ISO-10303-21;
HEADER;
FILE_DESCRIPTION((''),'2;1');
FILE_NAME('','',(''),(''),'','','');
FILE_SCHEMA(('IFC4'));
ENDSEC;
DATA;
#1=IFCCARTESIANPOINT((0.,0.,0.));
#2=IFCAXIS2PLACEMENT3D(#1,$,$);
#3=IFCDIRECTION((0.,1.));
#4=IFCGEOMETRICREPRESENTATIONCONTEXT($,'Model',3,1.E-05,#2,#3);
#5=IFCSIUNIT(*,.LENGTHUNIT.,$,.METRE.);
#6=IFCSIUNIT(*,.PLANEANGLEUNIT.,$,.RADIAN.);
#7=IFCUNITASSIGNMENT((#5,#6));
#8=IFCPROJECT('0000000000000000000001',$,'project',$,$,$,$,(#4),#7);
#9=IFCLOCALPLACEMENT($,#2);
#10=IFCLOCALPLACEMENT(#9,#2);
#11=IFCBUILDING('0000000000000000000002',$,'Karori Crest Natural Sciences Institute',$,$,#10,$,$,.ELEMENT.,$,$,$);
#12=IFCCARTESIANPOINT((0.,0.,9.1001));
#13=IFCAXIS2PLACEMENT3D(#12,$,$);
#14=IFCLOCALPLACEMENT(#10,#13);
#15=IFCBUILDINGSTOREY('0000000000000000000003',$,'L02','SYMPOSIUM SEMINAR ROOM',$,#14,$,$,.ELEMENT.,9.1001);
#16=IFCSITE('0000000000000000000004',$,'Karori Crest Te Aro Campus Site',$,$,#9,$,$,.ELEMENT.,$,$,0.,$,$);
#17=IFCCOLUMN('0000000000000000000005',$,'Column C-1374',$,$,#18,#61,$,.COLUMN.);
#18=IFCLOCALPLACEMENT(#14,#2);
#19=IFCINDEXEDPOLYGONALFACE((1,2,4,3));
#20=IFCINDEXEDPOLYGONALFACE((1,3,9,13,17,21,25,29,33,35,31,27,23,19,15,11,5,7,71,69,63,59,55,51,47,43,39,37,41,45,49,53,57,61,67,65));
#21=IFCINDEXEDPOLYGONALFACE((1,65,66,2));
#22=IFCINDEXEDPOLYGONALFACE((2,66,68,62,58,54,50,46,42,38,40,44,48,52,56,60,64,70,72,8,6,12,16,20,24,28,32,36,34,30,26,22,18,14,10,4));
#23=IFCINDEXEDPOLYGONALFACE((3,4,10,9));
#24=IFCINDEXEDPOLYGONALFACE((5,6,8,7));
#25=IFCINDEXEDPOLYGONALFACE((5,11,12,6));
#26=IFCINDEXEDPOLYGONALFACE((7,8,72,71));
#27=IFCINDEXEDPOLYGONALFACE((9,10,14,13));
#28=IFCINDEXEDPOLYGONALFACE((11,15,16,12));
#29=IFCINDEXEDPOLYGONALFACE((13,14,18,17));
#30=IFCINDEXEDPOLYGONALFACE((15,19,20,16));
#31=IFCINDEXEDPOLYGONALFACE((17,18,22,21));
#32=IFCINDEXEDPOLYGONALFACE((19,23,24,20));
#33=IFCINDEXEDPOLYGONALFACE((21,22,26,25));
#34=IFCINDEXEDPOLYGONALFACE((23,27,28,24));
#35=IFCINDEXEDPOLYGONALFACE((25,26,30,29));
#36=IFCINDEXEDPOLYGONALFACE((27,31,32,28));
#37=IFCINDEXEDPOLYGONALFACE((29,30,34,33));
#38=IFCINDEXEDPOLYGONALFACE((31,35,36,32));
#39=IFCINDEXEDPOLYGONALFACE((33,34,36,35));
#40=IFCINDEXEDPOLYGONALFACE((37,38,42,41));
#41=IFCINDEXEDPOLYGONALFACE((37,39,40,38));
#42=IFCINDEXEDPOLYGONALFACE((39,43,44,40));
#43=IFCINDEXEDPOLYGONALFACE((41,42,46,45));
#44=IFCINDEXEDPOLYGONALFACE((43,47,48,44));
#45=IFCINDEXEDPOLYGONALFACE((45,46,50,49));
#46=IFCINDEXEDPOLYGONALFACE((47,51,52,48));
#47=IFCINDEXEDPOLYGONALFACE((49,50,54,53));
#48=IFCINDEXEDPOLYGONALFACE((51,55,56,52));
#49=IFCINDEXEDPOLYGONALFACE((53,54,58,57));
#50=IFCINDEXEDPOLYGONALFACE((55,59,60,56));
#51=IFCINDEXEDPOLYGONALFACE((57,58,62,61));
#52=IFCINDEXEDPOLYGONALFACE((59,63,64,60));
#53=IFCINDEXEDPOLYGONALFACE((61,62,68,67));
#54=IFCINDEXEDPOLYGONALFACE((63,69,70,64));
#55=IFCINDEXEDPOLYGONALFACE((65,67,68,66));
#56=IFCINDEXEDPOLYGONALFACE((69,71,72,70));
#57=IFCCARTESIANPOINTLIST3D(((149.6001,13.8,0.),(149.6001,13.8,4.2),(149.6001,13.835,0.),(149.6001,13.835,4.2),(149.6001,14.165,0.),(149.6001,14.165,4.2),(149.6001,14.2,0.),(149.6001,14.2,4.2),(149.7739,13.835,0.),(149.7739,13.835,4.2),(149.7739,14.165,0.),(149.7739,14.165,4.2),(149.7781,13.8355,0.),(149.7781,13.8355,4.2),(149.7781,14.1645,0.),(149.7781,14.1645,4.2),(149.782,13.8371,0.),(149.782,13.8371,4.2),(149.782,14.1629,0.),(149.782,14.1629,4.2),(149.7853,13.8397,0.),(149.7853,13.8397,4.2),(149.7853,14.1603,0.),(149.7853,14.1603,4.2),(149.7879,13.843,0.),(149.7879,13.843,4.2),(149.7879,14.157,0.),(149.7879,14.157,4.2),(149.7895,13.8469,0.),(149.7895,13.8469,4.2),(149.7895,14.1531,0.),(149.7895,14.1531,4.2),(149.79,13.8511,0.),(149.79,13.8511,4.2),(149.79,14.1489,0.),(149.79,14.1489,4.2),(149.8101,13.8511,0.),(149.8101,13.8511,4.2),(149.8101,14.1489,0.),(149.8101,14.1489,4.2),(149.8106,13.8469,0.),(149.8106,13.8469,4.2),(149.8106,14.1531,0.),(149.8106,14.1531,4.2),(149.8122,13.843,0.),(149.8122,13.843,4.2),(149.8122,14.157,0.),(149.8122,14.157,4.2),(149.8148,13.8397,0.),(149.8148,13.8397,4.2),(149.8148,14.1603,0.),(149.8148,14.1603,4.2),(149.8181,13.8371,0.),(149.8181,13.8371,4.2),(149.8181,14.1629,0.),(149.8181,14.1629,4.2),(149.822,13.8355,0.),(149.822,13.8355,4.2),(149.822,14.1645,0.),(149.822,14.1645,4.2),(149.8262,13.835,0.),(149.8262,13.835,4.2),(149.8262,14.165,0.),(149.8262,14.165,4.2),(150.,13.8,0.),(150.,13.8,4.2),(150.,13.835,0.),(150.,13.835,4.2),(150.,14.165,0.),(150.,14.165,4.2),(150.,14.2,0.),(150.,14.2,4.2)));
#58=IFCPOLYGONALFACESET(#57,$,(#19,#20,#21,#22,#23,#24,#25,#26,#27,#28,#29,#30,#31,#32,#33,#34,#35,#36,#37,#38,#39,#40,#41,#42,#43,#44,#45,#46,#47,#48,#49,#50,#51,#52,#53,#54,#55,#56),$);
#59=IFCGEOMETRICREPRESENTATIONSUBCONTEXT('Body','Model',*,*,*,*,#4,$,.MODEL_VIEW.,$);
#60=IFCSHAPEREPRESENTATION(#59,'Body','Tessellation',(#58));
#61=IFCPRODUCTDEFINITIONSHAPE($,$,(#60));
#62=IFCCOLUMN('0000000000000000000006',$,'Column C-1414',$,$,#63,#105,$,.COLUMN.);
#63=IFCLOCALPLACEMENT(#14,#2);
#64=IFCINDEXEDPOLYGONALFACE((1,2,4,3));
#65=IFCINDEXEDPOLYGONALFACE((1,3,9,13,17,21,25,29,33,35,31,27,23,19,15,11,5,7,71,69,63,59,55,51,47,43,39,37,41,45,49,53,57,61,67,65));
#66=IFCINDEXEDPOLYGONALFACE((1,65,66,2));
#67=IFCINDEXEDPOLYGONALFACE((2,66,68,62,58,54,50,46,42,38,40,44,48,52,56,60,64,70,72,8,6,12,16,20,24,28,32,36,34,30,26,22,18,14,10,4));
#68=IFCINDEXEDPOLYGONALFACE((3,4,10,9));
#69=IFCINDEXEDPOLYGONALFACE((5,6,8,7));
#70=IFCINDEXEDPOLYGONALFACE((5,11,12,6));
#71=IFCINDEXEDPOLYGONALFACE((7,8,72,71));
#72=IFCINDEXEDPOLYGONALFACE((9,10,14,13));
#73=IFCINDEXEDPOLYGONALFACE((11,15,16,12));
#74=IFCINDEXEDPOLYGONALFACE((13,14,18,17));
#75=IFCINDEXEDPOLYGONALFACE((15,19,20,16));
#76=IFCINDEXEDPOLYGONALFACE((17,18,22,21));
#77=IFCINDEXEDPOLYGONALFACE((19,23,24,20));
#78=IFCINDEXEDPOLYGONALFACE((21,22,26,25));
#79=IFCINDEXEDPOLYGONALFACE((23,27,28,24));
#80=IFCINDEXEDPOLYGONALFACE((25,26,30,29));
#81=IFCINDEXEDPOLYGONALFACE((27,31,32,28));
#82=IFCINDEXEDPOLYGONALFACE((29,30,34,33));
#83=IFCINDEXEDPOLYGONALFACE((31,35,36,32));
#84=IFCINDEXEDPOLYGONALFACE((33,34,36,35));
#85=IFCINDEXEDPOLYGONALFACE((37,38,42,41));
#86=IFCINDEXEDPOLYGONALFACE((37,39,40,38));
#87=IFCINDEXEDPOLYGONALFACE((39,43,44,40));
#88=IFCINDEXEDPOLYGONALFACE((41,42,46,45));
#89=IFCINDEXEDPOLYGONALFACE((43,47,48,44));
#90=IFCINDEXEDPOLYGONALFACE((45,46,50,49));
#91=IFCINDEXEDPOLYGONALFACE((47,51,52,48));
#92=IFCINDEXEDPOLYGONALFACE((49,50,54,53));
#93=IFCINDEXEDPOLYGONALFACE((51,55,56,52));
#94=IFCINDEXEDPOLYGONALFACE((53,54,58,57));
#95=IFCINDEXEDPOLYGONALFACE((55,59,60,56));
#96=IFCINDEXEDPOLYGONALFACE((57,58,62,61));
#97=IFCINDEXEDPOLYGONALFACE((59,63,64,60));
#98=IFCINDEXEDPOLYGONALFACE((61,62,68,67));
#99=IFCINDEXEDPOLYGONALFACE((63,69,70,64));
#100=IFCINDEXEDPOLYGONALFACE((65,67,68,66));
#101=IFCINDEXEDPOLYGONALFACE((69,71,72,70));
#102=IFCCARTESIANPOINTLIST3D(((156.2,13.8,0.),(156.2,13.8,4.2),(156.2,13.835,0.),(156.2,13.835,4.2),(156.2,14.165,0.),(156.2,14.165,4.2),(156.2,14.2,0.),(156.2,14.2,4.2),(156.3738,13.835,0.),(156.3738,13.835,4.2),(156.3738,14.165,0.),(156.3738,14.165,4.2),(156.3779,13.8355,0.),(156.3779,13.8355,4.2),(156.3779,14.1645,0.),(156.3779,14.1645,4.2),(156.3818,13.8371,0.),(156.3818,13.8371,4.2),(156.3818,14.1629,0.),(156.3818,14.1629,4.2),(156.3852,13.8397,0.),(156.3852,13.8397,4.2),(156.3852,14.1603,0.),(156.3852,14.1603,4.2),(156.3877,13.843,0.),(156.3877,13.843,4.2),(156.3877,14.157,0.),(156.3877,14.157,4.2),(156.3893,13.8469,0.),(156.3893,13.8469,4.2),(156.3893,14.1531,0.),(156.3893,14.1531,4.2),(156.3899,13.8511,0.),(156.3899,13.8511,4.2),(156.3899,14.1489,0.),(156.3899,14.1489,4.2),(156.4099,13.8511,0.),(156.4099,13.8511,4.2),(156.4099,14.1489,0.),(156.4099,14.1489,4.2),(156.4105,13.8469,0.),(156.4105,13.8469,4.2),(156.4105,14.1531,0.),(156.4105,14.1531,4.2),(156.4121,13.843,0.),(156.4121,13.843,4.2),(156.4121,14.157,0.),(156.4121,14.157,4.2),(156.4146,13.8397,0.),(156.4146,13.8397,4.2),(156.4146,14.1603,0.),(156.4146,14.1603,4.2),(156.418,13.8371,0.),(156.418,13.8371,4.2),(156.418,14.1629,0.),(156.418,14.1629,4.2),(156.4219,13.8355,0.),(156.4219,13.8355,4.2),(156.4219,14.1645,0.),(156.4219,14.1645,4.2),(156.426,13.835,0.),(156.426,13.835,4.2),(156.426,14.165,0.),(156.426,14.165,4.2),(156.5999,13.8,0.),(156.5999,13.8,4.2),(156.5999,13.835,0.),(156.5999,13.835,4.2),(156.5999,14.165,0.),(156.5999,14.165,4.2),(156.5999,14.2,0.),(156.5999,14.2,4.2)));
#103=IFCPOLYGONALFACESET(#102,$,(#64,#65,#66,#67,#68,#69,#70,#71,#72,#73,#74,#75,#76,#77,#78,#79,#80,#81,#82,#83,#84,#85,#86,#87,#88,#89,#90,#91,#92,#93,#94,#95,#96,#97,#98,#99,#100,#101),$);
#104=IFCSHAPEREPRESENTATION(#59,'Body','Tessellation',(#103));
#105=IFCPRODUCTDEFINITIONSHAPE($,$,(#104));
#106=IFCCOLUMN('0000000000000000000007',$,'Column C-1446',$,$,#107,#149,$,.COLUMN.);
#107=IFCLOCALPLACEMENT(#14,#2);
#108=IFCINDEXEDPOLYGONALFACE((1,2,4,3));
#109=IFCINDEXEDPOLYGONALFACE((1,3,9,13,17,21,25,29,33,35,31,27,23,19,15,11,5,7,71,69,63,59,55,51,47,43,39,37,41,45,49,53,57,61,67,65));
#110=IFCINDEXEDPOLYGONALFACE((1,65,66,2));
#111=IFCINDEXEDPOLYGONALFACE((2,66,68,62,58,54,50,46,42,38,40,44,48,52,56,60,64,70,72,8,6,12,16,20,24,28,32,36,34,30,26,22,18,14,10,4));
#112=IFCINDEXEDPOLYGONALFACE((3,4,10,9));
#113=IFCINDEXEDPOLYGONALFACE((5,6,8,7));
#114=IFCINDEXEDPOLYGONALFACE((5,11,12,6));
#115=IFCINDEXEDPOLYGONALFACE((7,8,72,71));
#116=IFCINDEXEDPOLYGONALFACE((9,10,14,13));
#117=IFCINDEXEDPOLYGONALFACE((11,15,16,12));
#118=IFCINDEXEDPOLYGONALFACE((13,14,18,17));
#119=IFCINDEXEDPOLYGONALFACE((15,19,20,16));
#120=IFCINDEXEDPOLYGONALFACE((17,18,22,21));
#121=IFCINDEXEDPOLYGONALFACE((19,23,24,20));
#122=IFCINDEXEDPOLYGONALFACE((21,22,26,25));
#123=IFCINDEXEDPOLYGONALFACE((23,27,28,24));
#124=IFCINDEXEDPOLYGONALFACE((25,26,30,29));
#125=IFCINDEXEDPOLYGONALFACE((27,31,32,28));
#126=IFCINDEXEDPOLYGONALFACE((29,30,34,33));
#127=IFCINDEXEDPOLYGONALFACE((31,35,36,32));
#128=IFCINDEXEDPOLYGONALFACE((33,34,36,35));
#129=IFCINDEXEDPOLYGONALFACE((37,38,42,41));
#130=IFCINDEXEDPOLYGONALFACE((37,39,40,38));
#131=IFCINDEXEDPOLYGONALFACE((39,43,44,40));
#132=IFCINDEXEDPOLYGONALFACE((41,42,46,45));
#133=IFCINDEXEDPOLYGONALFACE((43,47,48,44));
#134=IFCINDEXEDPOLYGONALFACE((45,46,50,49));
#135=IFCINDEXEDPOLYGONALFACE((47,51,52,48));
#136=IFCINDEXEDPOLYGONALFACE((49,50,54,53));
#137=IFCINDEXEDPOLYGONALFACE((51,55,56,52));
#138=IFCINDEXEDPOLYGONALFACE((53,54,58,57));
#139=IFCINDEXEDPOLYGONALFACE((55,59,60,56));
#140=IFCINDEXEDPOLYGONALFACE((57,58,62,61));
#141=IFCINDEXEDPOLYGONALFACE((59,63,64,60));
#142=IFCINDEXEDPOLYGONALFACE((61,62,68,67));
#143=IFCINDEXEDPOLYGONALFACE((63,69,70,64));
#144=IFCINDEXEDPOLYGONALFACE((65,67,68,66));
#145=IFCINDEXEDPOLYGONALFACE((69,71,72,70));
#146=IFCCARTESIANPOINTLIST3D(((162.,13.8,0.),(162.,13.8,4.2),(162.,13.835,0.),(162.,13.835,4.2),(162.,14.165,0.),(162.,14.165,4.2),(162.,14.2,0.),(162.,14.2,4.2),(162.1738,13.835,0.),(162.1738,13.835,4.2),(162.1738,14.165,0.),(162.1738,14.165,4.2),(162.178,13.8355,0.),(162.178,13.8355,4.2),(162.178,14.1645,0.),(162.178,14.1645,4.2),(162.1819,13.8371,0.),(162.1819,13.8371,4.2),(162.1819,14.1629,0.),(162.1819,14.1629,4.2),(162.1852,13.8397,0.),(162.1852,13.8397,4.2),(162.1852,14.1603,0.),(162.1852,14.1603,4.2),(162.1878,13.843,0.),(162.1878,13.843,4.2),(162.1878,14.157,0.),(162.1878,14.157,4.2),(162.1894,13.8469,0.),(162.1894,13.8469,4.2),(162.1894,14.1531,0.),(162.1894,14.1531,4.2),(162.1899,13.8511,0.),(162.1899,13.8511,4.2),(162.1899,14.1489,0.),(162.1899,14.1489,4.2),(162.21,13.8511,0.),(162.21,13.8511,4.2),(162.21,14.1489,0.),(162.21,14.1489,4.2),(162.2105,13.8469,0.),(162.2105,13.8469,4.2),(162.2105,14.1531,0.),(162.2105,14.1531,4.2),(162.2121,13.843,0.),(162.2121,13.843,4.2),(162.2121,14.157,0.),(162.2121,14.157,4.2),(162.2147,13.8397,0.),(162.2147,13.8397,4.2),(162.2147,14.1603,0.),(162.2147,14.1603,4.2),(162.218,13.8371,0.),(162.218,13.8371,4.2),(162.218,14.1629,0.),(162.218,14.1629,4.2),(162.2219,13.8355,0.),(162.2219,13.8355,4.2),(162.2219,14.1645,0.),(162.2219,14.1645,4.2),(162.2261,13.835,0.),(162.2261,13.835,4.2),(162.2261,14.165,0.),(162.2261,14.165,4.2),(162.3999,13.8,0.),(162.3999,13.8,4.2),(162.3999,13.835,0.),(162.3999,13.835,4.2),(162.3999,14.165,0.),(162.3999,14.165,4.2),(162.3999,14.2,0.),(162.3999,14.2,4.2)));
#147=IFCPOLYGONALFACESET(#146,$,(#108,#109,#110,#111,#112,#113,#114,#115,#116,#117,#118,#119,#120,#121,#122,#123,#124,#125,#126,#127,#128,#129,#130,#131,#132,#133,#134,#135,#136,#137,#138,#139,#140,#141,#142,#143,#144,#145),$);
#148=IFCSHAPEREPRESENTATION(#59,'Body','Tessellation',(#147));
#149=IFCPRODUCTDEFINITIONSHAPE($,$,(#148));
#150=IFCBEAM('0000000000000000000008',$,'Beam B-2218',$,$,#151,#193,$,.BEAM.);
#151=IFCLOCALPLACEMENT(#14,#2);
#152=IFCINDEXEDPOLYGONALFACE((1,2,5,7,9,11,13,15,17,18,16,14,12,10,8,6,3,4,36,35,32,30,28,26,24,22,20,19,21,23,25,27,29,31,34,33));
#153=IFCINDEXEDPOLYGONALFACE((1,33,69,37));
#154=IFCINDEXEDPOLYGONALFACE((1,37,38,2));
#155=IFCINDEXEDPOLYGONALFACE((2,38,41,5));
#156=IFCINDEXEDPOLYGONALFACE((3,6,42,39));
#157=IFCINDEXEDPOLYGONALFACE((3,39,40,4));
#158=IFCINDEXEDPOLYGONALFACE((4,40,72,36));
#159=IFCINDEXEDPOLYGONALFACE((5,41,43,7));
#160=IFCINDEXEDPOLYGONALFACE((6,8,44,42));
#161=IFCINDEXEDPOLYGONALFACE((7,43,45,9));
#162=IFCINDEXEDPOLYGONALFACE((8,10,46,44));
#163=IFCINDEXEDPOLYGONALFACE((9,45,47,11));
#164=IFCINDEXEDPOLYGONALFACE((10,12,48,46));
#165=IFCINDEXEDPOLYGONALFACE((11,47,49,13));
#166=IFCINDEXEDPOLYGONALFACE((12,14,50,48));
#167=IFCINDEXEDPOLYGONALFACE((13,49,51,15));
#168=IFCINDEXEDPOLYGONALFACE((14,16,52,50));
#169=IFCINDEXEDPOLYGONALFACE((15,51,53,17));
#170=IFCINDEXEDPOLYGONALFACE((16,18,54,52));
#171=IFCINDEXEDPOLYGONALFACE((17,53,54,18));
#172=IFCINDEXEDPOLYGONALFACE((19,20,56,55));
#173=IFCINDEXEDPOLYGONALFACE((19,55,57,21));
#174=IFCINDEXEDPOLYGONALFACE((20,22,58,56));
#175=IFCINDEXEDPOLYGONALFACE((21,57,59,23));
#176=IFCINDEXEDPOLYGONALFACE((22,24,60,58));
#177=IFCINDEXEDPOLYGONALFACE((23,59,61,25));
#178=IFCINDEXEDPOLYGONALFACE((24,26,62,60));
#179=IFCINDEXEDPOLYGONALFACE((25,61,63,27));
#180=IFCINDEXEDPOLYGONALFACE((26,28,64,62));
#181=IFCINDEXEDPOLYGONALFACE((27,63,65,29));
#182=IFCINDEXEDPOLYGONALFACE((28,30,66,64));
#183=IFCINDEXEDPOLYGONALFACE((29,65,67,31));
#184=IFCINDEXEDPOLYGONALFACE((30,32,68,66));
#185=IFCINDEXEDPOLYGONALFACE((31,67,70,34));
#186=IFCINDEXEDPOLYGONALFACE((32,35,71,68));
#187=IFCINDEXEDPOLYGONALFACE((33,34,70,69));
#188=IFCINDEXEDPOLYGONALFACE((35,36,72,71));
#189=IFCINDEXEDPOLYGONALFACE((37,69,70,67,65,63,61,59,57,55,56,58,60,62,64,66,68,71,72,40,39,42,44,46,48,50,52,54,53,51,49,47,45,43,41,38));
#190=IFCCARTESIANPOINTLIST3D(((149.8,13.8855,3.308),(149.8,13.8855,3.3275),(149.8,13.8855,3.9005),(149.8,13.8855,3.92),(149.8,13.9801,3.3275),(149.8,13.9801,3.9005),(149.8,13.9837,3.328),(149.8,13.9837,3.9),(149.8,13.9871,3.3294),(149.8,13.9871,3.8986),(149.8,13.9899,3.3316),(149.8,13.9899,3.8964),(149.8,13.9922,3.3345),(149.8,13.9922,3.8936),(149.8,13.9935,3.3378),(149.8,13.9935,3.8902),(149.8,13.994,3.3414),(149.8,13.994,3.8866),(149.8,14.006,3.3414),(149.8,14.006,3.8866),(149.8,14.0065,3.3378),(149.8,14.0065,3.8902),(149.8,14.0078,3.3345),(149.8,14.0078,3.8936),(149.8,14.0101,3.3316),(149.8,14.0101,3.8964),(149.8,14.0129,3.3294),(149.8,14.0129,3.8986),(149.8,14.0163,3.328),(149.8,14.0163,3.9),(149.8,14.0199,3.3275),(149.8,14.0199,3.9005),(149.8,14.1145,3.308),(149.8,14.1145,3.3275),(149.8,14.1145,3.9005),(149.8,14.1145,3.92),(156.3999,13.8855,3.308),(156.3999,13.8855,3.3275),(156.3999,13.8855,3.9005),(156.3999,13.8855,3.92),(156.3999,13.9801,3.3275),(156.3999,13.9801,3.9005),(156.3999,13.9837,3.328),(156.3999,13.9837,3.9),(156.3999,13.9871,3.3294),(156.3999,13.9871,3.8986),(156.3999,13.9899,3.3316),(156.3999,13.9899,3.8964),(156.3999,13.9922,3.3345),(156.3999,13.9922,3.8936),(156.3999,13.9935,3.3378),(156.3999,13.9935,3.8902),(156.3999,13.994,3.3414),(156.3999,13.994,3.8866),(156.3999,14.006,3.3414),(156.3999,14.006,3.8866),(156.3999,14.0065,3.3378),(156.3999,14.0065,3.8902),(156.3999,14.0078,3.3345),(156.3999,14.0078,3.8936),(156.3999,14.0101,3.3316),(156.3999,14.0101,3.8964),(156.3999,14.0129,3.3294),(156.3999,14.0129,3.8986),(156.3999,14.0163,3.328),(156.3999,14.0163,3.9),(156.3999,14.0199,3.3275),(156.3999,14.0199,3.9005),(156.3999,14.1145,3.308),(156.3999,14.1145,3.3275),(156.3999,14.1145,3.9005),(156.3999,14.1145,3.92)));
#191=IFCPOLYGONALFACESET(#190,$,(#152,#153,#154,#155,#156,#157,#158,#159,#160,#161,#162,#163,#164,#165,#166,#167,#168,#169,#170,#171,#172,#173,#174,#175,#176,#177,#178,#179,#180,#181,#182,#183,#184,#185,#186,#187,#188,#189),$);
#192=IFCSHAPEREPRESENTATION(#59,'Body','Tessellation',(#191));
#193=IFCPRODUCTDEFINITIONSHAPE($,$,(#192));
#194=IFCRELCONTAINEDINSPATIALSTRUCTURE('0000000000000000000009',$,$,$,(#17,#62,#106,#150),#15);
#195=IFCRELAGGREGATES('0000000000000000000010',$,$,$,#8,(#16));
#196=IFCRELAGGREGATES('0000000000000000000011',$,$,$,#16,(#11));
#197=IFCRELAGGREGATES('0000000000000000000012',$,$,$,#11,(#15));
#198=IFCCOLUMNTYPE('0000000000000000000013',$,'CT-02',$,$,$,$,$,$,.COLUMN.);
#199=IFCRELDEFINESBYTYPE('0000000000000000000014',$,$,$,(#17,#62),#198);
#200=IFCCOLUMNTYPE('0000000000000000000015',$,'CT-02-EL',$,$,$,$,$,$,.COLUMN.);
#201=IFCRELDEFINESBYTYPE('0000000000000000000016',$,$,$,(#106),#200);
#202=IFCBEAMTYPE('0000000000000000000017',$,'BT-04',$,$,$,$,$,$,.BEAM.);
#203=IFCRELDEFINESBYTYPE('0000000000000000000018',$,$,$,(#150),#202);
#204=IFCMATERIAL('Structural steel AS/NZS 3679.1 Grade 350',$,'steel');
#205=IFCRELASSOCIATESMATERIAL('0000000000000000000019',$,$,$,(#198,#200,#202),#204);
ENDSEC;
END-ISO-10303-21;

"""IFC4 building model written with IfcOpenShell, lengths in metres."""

from ifc_helpers import new_model, si_unit, direction, frame, origin, origin_2d, place, context, subcontext, project, spatial, i_section, extrude, material, material_profile, profile_set, type_object, element, save


model = new_model("IFC4")

# Units and contexts
model_context = context("Model", 3, precision=1e-05, world=origin(), true_north=direction((0.0, 1.0)))
body_context = subcontext(model_context, "Body", "Model", "MODEL_VIEW")
ifc_project = project(units=[si_unit("LENGTHUNIT", "METRE"), si_unit("PLANEANGLEUNIT", "RADIAN")], contexts=[model_context])

# Site, building, storey
site_placement = place(None, origin())
site = spatial("IfcSite", under=ifc_project, at=site_placement, Name="Karori Crest Te Aro Campus Site", CompositionType="ELEMENT", RefElevation=0.0)
building_placement = place(site_placement, origin())
building = spatial("IfcBuilding", under=site, at=building_placement, Name="Karori Crest Natural Sciences Institute", CompositionType="ELEMENT")
storey_placement = place(building_placement, frame((0.0, 0.0, 9.1001)))
storey = spatial("IfcBuildingStorey", under=building, at=storey_placement, Name="L02", Description="SYMPOSIUM SEMINAR ROOM", CompositionType="ELEMENT", Elevation=9.1001)

# Columns
ifc_material_1 = material(Name="Structural steel AS/NZS 3679.1 Grade 350", Category="steel")
ifc_material_profile_1 = material_profile(ifc_material_1, i_section(OverallWidth=0.3999, OverallDepth=0.3999, WebThickness=0.02, FlangeThickness=0.0349, FilletRadius=0.0161, at=origin_2d()), Name="400WC328")
ifc_profile_set_1 = profile_set([ifc_material_profile_1], Name="Structural steel AS/NZS 3679.1 Grade 350")
column_type_1 = type_object("IfcColumnType", Name="CT-02", PredefinedType="COLUMN", material=ifc_profile_set_1)
for number, where, z_axis, x_axis, name in (
    (1, (149.8, 14.0, 0.0), (0.0, 0.0, 1.0), (1.0, 0.0, 0.0), "Column C-1374"),
    (2, (156.3999, 14.0, 0.0), (0.0, 0.0, 1.0), (1.0, 0.0, 0.0), "Column C-1414"),
):
    element("IfcColumn", number, at=place(storey_placement, frame(where, z_axis=z_axis, x_axis=x_axis)), inside=storey, type_object=column_type_1, Name=name, PredefinedType="COLUMN", context=body_context, shape_type="SweptSolid", body=[
        extrude(i_section(OverallWidth=0.3999, OverallDepth=0.3999, WebThickness=0.02, FlangeThickness=0.0349, FilletRadius=0.0161, at=origin_2d()), origin(), (0.0, 0.0, 1.0), 4.2),
    ])
ifc_material_profile_2 = material_profile(ifc_material_1, i_section(OverallWidth=0.3999, OverallDepth=0.3999, WebThickness=0.02, FlangeThickness=0.0349, FilletRadius=0.0161, at=origin_2d()), Name="400WC328")
ifc_profile_set_2 = profile_set([ifc_material_profile_2], Name="Structural steel AS/NZS 3679.1 Grade 350")
column_type_2 = type_object("IfcColumnType", Name="CT-02-EL", PredefinedType="COLUMN", material=ifc_profile_set_2)
column_placement = place(storey_placement, frame((162.2, 14.0, 0.0), z_axis=(0.0, 0.0, 1.0), x_axis=(1.0, 0.0, 0.0)))
element("IfcColumn", 3, at=column_placement, inside=storey, type_object=column_type_2, Name="Column C-1446", PredefinedType="COLUMN", context=body_context, shape_type="SweptSolid", body=[
    extrude(i_section(OverallWidth=0.3999, OverallDepth=0.3999, WebThickness=0.02, FlangeThickness=0.0349, FilletRadius=0.0161, at=origin_2d()), origin(), (0.0, 0.0, 1.0), 4.2),
])

# Beam
ifc_material_profile_3 = material_profile(ifc_material_1, i_section(OverallWidth=0.229, OverallDepth=0.6121, WebThickness=0.012, FlangeThickness=0.0195, FilletRadius=0.0139, at=origin_2d()), Name="610UB125")
ifc_profile_set_3 = profile_set([ifc_material_profile_3], Name="Structural steel AS/NZS 3679.1 Grade 350")
beam_type_1 = type_object("IfcBeamType", Name="BT-04", PredefinedType="BEAM", material=ifc_profile_set_3)
beam_1_placement = place(storey_placement, frame((149.8, 14.0, 3.614), z_axis=(1.0, 0.0, 0.0), x_axis=(0.0, 1.0, 0.0)))
element("IfcBeam", 4, at=beam_1_placement, inside=storey, type_object=beam_type_1, Name="Beam B-2218", PredefinedType="BEAM", context=body_context, shape_type="SweptSolid", body=[
    extrude(i_section(OverallWidth=0.229, OverallDepth=0.6121, WebThickness=0.012, FlangeThickness=0.0195, FilletRadius=0.0139, at=origin_2d()), origin(), (0.0, 0.0, 1.0), 6.5999),
])

save(model, "model.ifc")
